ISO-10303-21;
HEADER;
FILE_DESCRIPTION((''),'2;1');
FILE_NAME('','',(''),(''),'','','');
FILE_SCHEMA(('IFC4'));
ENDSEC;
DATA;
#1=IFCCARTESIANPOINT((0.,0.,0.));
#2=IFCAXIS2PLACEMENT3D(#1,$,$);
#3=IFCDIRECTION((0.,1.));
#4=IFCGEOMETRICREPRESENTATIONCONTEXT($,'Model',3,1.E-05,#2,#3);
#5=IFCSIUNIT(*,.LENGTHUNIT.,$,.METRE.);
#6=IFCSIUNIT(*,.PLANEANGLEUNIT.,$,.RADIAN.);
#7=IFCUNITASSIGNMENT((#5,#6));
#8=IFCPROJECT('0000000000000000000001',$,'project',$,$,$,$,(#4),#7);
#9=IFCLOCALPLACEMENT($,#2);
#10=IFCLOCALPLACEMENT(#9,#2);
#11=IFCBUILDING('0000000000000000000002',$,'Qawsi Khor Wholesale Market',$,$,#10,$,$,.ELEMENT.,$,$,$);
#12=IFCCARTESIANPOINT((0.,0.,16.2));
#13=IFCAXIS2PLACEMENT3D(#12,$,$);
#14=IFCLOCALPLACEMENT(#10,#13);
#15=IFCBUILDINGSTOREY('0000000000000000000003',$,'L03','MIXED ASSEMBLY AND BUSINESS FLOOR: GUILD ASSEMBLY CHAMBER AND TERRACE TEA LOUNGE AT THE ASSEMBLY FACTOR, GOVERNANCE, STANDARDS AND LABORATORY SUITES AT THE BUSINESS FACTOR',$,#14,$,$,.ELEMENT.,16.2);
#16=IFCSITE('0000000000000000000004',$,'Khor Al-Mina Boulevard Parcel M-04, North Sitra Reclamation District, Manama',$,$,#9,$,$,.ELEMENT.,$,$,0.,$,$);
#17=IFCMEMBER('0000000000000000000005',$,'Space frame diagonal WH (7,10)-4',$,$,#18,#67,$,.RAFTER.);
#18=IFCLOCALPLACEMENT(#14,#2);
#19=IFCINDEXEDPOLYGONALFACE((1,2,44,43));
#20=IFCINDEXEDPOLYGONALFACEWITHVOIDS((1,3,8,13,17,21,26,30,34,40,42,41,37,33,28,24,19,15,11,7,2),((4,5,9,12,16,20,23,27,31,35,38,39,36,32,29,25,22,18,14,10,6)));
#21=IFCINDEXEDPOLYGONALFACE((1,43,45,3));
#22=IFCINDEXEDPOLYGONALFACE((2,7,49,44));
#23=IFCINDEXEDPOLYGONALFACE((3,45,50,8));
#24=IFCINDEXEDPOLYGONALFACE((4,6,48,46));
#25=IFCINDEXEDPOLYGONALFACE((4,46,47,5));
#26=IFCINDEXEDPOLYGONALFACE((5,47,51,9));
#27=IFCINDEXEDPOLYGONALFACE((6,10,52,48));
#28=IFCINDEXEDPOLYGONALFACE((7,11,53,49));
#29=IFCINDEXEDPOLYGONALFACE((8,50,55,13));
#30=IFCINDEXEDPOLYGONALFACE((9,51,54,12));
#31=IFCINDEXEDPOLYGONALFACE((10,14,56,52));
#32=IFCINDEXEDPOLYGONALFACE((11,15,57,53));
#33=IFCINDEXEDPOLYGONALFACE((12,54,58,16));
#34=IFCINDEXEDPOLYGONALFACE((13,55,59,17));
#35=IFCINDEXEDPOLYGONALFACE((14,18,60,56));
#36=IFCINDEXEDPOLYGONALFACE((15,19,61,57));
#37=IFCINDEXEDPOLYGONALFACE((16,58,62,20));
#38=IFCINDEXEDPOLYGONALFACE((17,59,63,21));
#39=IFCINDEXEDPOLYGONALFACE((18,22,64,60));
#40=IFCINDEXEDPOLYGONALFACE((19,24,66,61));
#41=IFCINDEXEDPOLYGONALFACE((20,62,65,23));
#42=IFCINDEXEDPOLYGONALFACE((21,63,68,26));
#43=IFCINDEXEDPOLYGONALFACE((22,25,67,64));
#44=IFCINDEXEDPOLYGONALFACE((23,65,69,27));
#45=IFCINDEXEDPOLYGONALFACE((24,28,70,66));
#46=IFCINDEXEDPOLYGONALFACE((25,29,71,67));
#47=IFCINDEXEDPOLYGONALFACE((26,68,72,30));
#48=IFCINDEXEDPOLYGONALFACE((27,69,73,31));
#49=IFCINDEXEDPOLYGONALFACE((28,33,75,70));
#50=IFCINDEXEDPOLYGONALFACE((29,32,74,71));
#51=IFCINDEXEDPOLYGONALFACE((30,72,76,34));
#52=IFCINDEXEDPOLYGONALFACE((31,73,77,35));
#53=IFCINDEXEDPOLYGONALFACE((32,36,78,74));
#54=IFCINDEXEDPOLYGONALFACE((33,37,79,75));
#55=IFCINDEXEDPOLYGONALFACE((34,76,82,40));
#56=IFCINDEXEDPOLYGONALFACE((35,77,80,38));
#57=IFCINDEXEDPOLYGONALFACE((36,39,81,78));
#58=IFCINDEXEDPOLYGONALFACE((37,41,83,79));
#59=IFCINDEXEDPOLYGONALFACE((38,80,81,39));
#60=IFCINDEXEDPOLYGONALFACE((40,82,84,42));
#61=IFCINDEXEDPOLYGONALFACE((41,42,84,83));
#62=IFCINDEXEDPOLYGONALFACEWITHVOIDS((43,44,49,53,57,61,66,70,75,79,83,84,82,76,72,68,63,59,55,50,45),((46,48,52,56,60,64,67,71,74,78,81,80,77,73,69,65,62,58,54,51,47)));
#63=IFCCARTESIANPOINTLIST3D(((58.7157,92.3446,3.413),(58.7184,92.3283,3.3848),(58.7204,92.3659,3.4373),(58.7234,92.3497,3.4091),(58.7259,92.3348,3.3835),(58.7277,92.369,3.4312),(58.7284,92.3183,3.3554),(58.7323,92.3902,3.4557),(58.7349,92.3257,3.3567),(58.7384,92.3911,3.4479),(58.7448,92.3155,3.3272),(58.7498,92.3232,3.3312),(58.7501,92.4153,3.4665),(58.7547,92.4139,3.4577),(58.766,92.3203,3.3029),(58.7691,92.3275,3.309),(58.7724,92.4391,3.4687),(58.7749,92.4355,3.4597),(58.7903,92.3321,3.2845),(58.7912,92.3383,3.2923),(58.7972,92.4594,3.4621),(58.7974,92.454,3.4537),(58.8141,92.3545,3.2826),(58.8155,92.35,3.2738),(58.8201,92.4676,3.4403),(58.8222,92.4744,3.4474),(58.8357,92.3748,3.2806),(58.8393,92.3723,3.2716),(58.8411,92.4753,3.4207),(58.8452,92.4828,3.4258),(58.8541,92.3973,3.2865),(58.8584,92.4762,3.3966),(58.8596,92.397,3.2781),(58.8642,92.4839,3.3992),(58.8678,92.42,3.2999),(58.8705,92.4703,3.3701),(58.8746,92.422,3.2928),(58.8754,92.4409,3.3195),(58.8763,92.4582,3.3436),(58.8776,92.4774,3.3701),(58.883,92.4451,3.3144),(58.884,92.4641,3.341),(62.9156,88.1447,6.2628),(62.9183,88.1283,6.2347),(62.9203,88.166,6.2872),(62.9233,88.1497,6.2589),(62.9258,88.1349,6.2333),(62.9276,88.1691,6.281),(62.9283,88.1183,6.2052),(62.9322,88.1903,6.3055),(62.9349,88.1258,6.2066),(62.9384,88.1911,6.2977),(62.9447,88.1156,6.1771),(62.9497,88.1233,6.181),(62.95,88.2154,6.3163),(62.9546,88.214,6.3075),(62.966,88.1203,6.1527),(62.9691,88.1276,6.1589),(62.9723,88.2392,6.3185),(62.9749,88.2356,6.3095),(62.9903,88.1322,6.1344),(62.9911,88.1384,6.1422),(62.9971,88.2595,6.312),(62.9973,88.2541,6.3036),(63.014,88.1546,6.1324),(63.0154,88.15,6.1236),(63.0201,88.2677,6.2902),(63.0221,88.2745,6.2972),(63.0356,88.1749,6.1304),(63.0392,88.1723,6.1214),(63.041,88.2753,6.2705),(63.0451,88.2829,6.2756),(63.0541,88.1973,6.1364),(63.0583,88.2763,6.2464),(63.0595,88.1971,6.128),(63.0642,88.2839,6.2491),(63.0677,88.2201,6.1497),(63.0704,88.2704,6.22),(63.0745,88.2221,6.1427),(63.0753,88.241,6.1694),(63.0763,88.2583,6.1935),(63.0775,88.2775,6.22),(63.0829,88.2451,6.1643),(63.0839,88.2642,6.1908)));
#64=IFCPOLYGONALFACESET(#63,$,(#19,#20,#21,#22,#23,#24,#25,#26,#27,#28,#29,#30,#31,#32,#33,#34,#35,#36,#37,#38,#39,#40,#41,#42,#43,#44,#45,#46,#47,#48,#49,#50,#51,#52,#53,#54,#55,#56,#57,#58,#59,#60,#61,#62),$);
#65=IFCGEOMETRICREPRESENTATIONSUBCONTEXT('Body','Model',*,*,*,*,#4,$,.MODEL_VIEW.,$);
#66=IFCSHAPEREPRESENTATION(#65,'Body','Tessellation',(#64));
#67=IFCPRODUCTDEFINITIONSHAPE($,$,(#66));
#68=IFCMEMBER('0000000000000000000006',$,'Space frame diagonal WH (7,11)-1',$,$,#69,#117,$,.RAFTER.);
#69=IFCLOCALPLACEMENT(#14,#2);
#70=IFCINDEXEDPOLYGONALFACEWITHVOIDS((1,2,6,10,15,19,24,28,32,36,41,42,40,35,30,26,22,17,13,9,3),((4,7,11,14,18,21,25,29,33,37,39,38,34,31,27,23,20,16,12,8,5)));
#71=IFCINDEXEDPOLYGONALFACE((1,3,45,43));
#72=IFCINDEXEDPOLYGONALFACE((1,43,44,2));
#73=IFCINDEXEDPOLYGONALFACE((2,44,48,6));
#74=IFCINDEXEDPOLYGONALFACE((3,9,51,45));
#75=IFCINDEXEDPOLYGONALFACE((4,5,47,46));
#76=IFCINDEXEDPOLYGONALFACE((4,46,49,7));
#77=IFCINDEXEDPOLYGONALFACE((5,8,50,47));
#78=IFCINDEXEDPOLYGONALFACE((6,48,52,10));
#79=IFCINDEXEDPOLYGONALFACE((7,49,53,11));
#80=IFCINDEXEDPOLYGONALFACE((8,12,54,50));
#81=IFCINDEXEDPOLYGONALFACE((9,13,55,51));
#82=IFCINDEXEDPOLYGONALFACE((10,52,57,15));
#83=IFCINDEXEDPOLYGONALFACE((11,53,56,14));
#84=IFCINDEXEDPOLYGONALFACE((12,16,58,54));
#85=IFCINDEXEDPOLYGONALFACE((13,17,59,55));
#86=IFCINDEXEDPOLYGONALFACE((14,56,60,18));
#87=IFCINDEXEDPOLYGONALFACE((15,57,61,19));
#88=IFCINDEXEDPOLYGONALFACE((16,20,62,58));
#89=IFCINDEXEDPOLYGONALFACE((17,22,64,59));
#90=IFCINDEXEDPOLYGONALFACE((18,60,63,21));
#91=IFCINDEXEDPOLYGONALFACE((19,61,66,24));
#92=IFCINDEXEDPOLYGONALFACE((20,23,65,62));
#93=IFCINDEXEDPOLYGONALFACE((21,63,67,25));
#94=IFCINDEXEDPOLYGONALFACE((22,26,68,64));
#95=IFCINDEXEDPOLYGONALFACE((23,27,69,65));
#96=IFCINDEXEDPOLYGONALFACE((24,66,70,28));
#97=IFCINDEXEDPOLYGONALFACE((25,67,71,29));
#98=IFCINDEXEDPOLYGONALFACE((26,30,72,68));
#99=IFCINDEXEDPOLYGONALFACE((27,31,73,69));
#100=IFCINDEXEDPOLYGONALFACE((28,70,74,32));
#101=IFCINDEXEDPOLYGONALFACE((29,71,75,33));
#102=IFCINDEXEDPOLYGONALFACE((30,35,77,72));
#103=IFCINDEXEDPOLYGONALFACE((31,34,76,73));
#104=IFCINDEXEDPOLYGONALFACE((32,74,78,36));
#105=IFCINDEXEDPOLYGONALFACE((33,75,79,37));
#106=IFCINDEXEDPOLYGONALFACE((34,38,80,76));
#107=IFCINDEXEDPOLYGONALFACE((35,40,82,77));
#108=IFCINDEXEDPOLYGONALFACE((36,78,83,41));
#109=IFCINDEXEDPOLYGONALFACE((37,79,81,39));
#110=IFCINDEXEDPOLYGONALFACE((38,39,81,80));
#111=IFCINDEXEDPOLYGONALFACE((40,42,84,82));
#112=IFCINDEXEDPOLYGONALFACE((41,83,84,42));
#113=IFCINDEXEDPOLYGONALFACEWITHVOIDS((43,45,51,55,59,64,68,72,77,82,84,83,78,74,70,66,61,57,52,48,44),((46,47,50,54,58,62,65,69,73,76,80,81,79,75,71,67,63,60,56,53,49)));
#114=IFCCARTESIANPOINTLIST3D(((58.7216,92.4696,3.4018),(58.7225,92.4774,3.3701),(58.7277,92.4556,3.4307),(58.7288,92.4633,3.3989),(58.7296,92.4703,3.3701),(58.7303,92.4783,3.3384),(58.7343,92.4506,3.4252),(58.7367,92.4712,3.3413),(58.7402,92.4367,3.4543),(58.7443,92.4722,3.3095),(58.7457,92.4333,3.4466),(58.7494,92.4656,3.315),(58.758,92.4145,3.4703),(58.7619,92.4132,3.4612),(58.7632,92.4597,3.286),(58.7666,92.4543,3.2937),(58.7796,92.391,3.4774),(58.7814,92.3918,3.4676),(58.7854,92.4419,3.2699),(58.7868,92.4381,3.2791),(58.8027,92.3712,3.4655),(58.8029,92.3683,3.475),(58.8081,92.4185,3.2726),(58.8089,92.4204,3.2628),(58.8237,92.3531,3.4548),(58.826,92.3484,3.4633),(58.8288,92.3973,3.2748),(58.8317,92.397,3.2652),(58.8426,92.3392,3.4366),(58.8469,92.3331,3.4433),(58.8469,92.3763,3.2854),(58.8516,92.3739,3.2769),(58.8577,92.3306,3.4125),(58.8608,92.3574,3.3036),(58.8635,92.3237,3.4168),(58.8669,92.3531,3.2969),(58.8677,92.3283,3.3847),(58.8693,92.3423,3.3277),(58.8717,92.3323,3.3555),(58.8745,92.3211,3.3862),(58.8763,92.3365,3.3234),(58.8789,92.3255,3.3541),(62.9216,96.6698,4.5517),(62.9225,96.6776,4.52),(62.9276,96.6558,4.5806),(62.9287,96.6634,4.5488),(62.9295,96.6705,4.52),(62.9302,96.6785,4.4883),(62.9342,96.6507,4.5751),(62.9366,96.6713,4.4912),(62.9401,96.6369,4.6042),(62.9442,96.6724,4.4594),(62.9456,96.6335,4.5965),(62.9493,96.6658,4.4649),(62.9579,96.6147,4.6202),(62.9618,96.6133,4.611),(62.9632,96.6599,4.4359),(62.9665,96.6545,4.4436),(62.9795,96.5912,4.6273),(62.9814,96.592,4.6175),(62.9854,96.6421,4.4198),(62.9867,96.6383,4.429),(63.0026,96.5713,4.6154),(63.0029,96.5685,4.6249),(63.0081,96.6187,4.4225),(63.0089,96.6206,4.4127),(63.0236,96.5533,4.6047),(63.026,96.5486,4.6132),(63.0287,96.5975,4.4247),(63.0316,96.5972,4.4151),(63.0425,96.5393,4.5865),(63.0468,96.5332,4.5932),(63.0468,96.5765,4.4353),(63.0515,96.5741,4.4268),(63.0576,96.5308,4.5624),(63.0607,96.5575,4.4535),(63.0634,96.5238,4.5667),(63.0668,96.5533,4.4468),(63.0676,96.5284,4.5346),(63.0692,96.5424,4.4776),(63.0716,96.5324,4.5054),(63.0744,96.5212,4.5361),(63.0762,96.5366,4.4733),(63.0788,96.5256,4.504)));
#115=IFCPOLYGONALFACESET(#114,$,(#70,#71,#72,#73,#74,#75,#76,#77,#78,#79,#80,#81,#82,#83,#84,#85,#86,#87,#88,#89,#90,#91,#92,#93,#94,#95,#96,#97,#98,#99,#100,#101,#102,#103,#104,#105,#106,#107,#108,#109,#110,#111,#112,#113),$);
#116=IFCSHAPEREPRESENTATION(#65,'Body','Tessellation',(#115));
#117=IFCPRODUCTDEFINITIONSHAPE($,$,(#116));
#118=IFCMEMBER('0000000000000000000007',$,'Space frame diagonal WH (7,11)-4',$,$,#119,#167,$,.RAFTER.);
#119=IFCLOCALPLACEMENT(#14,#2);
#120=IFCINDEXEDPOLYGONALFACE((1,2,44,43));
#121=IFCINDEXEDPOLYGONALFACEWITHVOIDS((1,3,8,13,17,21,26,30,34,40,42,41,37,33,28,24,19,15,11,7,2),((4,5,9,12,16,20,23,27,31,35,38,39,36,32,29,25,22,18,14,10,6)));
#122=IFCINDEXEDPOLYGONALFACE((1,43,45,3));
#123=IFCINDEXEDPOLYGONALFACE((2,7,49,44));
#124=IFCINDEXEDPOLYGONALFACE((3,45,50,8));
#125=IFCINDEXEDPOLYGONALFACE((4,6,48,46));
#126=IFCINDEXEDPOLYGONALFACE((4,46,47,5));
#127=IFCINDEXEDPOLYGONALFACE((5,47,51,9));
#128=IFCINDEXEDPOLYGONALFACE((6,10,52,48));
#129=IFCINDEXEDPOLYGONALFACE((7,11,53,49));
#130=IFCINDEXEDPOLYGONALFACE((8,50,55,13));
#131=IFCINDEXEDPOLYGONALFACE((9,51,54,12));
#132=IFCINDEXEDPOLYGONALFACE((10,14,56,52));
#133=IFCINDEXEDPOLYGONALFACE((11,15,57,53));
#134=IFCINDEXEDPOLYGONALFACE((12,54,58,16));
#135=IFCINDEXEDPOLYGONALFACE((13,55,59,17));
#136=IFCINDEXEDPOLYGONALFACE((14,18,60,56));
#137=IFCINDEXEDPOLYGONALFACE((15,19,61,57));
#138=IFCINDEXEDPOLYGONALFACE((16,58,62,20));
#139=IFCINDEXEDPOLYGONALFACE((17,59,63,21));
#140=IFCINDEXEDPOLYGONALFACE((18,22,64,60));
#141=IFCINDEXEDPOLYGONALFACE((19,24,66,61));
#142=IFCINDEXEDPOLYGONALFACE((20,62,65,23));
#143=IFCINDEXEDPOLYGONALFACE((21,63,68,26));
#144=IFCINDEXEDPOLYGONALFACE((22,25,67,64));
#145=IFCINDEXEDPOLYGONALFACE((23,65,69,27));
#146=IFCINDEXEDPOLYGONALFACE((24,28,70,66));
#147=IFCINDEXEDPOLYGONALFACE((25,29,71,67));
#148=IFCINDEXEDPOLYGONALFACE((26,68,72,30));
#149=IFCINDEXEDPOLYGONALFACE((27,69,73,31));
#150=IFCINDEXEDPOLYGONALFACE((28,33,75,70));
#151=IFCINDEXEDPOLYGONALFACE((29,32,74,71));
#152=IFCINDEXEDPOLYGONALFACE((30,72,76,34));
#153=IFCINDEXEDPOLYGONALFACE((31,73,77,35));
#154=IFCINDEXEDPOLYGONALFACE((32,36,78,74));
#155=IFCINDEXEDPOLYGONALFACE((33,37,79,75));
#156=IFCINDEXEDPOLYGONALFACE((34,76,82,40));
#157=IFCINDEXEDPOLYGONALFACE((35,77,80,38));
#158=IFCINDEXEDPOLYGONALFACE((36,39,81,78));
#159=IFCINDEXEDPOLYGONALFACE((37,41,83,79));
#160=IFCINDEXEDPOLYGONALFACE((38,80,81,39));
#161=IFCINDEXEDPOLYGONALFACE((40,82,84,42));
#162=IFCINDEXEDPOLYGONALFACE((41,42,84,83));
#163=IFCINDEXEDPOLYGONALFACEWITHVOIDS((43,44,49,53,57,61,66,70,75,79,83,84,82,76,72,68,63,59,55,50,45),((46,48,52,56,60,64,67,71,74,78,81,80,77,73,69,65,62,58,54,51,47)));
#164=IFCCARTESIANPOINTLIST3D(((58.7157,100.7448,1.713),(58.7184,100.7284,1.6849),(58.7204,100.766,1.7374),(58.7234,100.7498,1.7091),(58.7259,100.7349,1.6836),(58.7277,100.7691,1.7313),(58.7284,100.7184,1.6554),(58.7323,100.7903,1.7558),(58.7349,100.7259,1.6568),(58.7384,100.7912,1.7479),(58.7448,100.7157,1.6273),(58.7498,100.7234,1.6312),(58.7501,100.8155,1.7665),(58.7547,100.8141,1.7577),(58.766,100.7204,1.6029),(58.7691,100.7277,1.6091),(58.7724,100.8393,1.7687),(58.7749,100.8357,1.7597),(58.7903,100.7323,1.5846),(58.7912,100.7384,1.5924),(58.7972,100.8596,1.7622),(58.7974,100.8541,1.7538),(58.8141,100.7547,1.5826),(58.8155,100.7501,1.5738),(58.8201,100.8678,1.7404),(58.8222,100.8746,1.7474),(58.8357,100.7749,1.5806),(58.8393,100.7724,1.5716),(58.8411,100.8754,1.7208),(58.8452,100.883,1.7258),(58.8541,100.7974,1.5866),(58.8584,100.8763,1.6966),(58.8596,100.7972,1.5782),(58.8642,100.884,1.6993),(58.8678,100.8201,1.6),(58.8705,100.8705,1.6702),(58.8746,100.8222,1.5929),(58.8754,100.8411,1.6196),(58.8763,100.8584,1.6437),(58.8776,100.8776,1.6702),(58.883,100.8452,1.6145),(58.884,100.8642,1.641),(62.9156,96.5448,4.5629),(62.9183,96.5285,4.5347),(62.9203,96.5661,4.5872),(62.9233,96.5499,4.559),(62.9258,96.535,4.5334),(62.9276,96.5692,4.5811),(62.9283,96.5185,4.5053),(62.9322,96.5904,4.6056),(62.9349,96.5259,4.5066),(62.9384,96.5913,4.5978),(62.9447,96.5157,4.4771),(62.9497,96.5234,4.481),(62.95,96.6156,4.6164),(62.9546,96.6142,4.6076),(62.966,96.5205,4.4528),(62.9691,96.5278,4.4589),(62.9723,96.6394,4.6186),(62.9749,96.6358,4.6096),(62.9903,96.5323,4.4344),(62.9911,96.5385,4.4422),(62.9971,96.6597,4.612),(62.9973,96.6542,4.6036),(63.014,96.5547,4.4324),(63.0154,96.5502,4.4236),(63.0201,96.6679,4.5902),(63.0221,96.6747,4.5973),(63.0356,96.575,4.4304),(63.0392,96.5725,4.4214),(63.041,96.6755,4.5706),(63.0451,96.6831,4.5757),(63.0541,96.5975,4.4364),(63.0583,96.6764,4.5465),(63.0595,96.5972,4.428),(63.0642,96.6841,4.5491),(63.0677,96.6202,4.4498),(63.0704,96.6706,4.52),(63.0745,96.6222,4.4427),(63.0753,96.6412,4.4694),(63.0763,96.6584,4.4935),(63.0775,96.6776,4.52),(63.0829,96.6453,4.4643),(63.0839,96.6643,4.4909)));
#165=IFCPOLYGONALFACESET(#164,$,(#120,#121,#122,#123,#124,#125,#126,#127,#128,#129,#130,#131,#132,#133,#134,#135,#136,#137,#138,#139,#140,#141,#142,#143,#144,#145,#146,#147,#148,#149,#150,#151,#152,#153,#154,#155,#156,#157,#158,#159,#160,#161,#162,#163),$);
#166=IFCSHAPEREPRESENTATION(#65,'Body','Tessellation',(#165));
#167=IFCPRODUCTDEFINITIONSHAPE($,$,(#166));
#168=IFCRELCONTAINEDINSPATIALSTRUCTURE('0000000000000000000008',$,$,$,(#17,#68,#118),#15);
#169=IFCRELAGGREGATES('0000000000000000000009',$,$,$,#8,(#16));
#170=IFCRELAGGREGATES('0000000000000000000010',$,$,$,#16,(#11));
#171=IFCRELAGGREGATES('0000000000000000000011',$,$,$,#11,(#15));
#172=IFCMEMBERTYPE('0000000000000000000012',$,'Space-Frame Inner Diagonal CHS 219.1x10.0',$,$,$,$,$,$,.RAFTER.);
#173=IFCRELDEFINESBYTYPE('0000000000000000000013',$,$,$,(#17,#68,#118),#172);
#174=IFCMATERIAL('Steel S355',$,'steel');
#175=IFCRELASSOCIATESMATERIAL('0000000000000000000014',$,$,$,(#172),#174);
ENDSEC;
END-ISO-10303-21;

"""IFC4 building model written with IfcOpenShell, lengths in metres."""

from ifc_helpers import new_model, si_unit, direction, frame, origin, origin_2d, place, context, subcontext, project, spatial, hollow_circle, extrude, material, material_profile, profile_set, type_object, element, save


model = new_model("IFC4")

# Units and contexts
model_context = context("Model", 3, precision=1e-05, world=origin(), true_north=direction((0.0, 1.0)))
body_context = subcontext(model_context, "Body", "Model", "MODEL_VIEW")
ifc_project = project(units=[si_unit("LENGTHUNIT", "METRE"), si_unit("PLANEANGLEUNIT", "RADIAN")], contexts=[model_context])

# Site, building, storey
site_placement = place(None, origin())
site = spatial("IfcSite", under=ifc_project, at=site_placement, Name="Khor Al-Mina Boulevard Parcel M-04, North Sitra Reclamation District, Manama", CompositionType="ELEMENT", RefElevation=0.0)
building_placement = place(site_placement, origin())
building = spatial("IfcBuilding", under=site, at=building_placement, Name="Qawsi Khor Wholesale Market", CompositionType="ELEMENT")
storey_placement = place(building_placement, frame((0.0, 0.0, 16.2)))
storey = spatial("IfcBuildingStorey", under=building, at=storey_placement, Name="L03", Description="MIXED ASSEMBLY AND BUSINESS FLOOR: GUILD ASSEMBLY CHAMBER AND TERRACE TEA LOUNGE AT THE ASSEMBLY FACTOR, GOVERNANCE, STANDARDS AND LABORATORY SUITES AT THE BUSINESS FACTOR", CompositionType="ELEMENT", Elevation=16.2)

# Members
ifc_material_1 = material(Name="Steel S355", Category="steel")
ifc_material_profile_1 = material_profile(ifc_material_1, hollow_circle(Radius=0.1096, WallThickness=0.01, at=origin_2d()), Name="CHS 219.1x10.0")
ifc_profile_set_1 = profile_set([ifc_material_profile_1], Name="Steel S355")
member_type_1 = type_object("IfcMemberType", Name="Space-Frame Inner Diagonal CHS 219.1x10.0", PredefinedType="RAFTER", material=ifc_profile_set_1)
member_1_placement = place(storey_placement, frame((58.8, 92.3999, 3.3701), z_axis=(0.637522, -0.637522, 0.432587), x_axis=(0.707107, 0.707107, 0.0)))
element("IfcMember", 1, at=member_1_placement, inside=storey, type_object=member_type_1, Name="Space frame diagonal WH (7,10)-4", PredefinedType="RAFTER", context=body_context, shape_type="SweptSolid", body=[
    extrude(hollow_circle(Radius=0.1096, WallThickness=0.01, at=origin_2d()), origin(), (0.0, 0.0, 1.0), 6.5879),
])
member_2_placement = place(storey_placement, frame((58.8, 92.3999, 3.3701), z_axis=(0.694197, 0.694238, 0.190064), x_axis=(-0.707127, 0.707086, 0.0)))
element("IfcMember", 2, at=member_2_placement, inside=storey, type_object=member_type_1, Name="Space frame diagonal WH (7,11)-1", PredefinedType="RAFTER", context=body_context, shape_type="SweptSolid", body=[
    extrude(hollow_circle(Radius=0.1096, WallThickness=0.01, at=origin_2d()), origin(), (0.0, 0.0, 1.0), 6.05),
])
member_3_placement = place(storey_placement, frame((58.8, 100.8, 1.6702), z_axis=(0.637522, -0.637522, 0.432587), x_axis=(0.707107, 0.707107, 0.0)))
element("IfcMember", 3, at=member_3_placement, inside=storey, type_object=member_type_1, Name="Space frame diagonal WH (7,11)-4", PredefinedType="RAFTER", context=body_context, shape_type="SweptSolid", body=[
    extrude(hollow_circle(Radius=0.1096, WallThickness=0.01, at=origin_2d()), origin(), (0.0, 0.0, 1.0), 6.5879),
])

save(model, "model.ifc")
